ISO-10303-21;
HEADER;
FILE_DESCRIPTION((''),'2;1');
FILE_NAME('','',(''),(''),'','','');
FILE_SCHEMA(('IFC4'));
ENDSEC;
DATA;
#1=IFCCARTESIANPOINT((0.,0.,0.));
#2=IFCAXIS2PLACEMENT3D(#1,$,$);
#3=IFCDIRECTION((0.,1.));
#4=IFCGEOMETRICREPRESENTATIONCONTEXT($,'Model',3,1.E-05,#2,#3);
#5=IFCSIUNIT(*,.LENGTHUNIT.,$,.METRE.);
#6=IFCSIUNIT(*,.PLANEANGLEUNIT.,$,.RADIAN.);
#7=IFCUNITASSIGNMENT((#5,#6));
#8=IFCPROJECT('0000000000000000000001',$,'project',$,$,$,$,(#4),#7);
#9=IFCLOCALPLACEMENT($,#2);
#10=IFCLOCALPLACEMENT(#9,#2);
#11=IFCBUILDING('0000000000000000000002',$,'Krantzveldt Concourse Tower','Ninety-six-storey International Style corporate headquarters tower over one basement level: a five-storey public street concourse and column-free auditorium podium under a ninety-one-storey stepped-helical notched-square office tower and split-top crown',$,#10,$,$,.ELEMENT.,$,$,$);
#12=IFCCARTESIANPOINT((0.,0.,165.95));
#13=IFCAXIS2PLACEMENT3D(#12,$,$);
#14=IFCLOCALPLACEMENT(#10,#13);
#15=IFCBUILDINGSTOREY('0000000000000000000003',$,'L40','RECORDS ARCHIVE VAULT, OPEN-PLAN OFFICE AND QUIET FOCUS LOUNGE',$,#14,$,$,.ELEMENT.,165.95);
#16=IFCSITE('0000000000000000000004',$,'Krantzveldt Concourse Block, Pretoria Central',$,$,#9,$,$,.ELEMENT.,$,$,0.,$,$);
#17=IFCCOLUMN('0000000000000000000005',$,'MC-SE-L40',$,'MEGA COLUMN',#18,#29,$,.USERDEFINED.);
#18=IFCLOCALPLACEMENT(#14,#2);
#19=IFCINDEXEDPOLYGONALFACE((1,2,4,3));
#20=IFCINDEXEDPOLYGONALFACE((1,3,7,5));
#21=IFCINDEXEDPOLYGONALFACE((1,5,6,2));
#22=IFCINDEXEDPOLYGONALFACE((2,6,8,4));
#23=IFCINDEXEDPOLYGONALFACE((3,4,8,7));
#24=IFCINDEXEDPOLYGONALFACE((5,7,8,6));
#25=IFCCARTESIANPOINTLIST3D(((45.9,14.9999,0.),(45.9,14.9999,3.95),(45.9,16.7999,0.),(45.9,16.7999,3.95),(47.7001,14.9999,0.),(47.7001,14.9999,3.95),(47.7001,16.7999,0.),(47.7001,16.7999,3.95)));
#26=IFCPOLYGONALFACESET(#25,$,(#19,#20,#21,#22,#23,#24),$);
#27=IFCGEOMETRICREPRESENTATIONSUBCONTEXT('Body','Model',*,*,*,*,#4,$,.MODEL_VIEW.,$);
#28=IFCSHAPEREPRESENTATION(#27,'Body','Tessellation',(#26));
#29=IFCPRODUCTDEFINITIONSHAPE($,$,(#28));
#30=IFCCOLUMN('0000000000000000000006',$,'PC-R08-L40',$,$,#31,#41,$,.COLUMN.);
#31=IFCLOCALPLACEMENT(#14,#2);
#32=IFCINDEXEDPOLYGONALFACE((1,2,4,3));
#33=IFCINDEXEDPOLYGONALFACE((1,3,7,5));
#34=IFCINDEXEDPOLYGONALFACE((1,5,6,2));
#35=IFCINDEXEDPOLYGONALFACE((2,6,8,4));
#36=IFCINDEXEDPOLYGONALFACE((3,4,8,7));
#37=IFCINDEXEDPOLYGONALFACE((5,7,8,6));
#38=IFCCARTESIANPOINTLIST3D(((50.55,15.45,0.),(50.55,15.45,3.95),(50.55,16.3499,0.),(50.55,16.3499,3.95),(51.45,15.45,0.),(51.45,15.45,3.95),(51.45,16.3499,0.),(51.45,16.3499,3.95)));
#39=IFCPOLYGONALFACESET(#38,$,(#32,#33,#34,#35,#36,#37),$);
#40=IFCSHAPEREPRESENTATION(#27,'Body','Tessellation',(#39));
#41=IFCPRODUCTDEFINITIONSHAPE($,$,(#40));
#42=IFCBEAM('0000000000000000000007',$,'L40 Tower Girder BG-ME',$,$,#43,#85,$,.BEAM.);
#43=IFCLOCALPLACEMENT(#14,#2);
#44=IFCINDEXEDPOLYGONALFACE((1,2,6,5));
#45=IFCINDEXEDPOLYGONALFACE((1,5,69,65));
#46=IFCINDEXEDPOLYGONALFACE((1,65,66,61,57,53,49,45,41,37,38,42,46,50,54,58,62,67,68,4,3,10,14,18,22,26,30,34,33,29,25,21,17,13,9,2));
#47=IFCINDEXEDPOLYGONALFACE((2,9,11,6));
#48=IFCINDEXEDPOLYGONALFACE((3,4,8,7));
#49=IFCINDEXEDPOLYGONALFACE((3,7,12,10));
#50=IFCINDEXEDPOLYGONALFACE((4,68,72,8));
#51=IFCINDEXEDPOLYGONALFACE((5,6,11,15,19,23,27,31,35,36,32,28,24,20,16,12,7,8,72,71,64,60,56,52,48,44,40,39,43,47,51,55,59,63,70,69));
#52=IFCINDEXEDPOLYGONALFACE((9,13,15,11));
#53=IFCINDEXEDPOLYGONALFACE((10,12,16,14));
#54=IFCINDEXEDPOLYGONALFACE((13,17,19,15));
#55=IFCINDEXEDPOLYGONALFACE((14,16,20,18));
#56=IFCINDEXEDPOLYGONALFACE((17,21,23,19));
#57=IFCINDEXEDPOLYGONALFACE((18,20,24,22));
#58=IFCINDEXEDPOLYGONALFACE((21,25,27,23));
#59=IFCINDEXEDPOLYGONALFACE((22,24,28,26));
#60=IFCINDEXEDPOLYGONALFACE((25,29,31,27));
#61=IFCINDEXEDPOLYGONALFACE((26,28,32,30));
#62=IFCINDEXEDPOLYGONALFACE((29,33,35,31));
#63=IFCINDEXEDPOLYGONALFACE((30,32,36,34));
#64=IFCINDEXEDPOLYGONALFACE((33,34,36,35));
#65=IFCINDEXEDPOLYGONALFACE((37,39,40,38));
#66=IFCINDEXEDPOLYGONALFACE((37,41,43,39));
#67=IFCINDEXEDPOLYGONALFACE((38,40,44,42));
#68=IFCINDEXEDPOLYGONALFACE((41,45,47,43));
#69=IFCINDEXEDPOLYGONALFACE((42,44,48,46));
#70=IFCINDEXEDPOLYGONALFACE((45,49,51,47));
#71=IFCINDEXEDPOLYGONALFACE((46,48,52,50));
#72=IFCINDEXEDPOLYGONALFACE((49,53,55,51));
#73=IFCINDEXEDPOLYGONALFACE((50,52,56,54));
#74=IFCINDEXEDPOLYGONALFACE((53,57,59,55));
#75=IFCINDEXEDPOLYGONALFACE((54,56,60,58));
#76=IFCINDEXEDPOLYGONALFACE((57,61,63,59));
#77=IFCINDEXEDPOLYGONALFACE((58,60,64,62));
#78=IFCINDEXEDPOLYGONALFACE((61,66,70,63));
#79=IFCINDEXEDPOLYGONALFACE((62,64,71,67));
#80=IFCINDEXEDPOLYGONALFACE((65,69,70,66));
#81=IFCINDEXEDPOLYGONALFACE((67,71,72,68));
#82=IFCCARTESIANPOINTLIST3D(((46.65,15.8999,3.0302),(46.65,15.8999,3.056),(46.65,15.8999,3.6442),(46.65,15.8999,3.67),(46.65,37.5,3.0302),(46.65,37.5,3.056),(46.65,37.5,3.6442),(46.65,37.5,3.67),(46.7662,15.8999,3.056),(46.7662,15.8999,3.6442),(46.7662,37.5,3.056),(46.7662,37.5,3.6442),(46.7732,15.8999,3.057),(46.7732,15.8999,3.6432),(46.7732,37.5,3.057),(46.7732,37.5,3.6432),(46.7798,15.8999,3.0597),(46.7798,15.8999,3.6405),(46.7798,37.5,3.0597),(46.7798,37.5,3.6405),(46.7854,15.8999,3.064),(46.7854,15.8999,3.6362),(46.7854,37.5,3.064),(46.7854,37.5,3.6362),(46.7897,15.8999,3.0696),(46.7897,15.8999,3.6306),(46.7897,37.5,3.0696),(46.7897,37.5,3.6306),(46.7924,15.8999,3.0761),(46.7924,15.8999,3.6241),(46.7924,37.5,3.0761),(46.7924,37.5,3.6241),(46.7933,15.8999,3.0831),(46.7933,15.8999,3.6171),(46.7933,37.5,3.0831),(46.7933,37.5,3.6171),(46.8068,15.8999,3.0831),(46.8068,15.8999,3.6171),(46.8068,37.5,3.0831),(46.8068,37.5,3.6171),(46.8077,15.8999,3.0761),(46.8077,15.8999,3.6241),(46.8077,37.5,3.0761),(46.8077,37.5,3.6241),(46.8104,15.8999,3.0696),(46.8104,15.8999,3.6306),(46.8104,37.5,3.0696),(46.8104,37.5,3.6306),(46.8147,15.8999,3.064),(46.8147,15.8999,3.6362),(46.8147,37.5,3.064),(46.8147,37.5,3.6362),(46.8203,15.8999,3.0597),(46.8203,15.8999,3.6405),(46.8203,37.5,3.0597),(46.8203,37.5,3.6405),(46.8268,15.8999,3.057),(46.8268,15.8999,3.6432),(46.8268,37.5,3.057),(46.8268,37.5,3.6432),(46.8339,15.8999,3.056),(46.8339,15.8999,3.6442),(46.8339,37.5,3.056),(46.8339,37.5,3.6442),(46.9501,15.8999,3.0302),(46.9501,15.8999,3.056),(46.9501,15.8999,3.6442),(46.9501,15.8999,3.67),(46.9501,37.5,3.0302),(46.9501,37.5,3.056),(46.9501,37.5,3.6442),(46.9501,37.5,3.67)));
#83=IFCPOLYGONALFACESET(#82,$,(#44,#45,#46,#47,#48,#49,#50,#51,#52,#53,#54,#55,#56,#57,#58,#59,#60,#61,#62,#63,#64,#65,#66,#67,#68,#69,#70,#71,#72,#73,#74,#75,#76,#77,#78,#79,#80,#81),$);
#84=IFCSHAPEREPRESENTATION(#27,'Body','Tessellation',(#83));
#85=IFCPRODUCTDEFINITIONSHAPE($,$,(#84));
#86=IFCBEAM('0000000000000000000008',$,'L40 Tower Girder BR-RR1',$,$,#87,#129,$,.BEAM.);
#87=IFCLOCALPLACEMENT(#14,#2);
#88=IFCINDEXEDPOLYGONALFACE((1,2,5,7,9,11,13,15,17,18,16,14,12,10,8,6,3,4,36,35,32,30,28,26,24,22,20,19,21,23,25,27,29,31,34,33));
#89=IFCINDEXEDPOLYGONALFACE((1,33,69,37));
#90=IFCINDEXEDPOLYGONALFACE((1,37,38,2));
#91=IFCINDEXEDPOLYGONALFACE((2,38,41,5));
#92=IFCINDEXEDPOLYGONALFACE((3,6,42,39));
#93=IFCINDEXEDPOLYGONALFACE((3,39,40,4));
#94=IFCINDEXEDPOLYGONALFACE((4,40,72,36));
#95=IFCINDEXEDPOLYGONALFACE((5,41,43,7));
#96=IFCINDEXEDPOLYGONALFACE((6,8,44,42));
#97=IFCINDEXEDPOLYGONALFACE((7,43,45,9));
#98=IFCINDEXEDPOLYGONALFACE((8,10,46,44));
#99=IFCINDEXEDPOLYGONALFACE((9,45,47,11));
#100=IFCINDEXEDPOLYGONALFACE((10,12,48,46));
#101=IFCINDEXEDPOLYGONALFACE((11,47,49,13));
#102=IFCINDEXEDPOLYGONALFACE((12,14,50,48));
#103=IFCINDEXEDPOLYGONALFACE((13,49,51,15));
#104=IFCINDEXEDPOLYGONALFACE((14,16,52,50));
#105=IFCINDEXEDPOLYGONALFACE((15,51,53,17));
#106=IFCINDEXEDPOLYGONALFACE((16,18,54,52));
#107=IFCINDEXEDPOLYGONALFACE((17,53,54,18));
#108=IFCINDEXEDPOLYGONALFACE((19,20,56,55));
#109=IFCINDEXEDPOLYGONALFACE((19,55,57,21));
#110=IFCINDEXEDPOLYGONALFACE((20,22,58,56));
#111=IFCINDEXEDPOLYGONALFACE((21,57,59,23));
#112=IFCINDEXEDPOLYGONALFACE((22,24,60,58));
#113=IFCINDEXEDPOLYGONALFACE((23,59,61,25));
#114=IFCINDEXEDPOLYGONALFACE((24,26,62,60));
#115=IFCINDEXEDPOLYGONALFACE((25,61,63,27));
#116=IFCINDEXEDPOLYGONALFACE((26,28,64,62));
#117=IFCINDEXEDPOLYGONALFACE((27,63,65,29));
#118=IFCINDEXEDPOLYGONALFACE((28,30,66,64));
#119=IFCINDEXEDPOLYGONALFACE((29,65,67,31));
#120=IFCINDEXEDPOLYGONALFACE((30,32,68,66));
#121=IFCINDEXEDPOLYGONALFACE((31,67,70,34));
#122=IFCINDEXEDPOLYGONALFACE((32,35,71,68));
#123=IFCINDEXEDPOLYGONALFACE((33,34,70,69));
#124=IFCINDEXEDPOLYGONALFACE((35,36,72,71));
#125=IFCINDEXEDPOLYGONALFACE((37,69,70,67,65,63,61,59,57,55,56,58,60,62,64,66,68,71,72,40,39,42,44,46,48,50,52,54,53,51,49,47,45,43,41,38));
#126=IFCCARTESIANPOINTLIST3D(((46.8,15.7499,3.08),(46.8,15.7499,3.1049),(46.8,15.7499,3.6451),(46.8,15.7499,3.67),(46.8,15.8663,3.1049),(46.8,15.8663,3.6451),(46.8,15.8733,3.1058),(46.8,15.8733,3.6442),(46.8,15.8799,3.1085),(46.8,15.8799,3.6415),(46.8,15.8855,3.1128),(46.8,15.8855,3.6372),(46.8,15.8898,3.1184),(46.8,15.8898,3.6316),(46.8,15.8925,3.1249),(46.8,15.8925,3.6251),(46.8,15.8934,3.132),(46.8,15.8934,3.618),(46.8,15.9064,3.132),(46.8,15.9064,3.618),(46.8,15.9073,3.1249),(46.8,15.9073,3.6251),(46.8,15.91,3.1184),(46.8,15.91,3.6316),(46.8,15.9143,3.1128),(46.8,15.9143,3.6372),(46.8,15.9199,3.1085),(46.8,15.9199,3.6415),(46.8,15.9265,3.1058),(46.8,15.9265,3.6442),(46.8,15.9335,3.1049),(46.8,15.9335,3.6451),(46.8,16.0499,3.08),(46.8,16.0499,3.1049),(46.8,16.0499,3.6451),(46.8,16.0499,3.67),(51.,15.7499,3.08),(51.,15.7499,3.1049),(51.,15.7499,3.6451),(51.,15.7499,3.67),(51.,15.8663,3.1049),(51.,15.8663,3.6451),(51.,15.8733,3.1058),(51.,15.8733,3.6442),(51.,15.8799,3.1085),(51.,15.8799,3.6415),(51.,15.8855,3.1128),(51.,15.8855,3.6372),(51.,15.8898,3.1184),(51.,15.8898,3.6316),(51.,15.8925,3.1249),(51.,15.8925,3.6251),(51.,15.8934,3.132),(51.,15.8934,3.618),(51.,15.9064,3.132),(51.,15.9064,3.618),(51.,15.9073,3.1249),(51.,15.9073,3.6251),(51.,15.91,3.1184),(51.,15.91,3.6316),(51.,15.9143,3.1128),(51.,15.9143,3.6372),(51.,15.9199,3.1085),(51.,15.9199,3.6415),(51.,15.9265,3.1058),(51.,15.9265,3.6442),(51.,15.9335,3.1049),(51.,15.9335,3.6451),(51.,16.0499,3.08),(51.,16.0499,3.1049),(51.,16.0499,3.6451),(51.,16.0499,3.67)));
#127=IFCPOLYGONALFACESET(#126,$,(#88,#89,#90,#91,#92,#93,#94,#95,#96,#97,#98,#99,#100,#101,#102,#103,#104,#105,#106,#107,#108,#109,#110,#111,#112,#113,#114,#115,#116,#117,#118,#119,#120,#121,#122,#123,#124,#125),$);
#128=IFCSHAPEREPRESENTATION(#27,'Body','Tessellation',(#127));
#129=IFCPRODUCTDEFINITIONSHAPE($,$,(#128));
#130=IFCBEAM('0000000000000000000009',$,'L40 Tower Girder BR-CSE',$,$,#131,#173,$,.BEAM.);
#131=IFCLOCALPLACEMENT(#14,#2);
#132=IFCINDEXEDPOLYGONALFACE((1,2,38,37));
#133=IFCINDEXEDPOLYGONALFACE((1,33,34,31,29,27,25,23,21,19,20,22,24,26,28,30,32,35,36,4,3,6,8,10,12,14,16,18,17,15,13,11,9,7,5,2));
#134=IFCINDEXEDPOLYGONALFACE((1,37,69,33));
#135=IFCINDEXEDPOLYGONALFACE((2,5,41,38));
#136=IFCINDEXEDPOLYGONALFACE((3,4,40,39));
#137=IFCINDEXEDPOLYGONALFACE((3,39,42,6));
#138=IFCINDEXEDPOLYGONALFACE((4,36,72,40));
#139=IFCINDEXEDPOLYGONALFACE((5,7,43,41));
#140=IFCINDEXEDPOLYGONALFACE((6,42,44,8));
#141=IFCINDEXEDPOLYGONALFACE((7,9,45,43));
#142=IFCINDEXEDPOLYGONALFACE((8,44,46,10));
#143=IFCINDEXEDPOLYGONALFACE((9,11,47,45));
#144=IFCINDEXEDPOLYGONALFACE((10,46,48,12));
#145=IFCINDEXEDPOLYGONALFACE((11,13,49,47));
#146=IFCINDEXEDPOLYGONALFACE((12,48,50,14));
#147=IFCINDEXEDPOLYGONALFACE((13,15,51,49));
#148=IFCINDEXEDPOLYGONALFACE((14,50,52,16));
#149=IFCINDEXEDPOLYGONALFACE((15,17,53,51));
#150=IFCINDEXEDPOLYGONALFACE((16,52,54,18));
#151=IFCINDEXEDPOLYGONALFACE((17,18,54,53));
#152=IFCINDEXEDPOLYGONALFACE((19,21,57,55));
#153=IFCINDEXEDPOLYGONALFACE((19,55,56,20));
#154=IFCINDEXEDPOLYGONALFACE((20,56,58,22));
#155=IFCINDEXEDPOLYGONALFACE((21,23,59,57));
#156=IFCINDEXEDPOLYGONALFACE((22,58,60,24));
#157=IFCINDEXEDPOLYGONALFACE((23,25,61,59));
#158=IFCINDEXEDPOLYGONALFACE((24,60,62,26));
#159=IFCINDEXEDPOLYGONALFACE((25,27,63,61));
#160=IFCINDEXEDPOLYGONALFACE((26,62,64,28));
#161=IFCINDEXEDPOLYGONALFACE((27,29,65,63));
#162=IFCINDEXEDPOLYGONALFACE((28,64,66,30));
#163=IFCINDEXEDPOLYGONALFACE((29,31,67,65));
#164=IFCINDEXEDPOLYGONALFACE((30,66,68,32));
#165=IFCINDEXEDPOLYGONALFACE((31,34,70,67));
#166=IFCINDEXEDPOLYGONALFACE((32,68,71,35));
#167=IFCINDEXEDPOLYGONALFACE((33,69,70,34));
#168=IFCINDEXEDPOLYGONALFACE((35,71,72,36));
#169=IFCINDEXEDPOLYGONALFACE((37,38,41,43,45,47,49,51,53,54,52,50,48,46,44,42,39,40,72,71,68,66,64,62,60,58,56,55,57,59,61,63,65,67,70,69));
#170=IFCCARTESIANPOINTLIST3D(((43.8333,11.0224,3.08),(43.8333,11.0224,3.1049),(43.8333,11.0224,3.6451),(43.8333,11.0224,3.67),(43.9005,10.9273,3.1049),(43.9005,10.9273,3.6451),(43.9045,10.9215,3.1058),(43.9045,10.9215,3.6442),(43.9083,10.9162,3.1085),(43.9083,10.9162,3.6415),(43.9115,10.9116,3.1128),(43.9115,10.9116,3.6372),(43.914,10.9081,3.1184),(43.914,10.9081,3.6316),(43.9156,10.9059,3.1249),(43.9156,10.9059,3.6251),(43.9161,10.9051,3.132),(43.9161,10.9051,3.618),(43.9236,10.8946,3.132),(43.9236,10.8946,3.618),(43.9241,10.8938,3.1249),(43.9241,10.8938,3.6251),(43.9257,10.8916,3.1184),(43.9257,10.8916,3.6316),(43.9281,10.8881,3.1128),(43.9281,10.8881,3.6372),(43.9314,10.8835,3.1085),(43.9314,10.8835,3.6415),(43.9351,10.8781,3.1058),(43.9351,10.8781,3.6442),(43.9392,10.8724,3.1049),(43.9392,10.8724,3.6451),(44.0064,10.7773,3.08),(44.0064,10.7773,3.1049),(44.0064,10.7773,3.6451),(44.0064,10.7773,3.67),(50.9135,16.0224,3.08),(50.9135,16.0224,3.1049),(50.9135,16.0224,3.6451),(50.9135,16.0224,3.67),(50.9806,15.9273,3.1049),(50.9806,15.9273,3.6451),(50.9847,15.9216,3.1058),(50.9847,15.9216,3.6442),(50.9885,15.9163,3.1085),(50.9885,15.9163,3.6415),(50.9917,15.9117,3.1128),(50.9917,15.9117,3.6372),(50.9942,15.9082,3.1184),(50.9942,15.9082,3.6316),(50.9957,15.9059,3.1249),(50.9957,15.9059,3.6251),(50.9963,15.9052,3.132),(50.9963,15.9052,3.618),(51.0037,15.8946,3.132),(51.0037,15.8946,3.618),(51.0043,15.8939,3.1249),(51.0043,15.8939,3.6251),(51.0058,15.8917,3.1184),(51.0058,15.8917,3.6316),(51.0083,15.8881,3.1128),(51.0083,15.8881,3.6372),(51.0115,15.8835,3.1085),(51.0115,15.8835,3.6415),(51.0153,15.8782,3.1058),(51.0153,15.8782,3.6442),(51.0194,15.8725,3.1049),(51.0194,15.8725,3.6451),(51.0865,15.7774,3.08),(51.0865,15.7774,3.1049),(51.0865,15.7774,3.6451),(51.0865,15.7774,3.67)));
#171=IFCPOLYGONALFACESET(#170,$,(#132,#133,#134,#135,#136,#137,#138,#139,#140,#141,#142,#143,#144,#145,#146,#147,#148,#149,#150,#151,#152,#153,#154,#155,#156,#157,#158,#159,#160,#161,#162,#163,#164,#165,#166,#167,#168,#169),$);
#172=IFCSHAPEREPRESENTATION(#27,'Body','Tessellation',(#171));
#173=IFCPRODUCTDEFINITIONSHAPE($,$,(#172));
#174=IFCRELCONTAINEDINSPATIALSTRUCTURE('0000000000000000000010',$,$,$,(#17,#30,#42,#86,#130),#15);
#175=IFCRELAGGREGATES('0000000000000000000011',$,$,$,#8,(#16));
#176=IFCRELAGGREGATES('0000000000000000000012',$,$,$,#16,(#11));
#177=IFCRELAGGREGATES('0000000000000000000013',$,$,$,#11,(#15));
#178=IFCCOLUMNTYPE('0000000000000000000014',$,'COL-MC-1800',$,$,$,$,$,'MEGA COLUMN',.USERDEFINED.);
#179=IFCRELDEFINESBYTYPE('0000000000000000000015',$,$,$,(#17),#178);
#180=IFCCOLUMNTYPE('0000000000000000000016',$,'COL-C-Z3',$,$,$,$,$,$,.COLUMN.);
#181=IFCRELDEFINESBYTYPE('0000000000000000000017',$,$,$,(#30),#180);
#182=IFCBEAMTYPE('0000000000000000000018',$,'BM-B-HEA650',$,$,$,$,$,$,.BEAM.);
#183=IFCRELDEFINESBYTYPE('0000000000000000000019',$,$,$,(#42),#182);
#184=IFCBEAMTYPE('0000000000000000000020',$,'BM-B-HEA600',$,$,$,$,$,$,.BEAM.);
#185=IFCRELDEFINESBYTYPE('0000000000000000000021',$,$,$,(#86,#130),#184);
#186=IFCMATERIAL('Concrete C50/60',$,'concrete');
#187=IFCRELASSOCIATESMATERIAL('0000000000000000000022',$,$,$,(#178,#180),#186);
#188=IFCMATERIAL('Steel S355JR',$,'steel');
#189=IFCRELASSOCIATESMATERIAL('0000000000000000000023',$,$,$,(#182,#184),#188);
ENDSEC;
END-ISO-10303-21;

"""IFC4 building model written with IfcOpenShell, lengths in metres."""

from ifc_helpers import new_model, si_unit, direction, frame, origin, origin_2d, place, context, subcontext, project, spatial, rectangle, i_section, extrude, source, transform, mapped, material, material_profile, profile_set, type_object, type_shapes, element, save


model = new_model("IFC4")

# Units and contexts
model_context = context("Model", 3, precision=1e-05, world=origin(), true_north=direction((0.0, 1.0)))
body_context = subcontext(model_context, "Body", "Model", "MODEL_VIEW")
ifc_project = project(units=[si_unit("LENGTHUNIT", "METRE"), si_unit("PLANEANGLEUNIT", "RADIAN")], contexts=[model_context])

# Site, building, storey
site_placement = place(None, origin())
site = spatial("IfcSite", under=ifc_project, at=site_placement, Name="Krantzveldt Concourse Block, Pretoria Central", CompositionType="ELEMENT", RefElevation=0.0)
building_placement = place(site_placement, origin())
building = spatial("IfcBuilding", under=site, at=building_placement, Name="Krantzveldt Concourse Tower", Description="Ninety-six-storey International Style corporate headquarters tower over one basement level: a five-storey public street concourse and column-free auditorium podium under a ninety-one-storey stepped-helical notched-square office tower and split-top crown", CompositionType="ELEMENT")
storey_placement = place(building_placement, frame((0.0, 0.0, 165.95)))
storey = spatial("IfcBuildingStorey", under=building, at=storey_placement, Name="L40", Description="RECORDS ARCHIVE VAULT, OPEN-PLAN OFFICE AND QUIET FOCUS LOUNGE", CompositionType="ELEMENT", Elevation=165.95)

# Columns
ifc_material_1 = material(Name="Concrete C50/60", Category="concrete")
ifc_material_profile_1 = material_profile(ifc_material_1, rectangle(XDim=1.8, YDim=1.8, at=origin_2d()), Name="Concrete C50/60", Category="concrete")
ifc_profile_set_1 = profile_set([ifc_material_profile_1], Name="Concrete C50/60 - RC 1800x1800")
column_type_1 = type_object("IfcColumnType", Name="COL-MC-1800", ElementType="MEGA COLUMN", PredefinedType="USERDEFINED", material=ifc_profile_set_1)
shared_shape_1 = source(origin(), body_context, "Body", "SweptSolid", [
    extrude(rectangle(XDim=1.8, YDim=1.8, at=origin_2d()), origin(), (0.0, 0.0, 1.0), 3.95),
])
type_shapes(column_type_1, [shared_shape_1])
column_1_placement = place(storey_placement, frame((46.8, 15.8999, 0.0), z_axis=(0.0, 0.0, 1.0), x_axis=(1.0, 0.0, 0.0)))
element("IfcColumn", 1, at=column_1_placement, inside=storey, type_object=column_type_1, Name="MC-SE-L40", ObjectType="MEGA COLUMN", PredefinedType="USERDEFINED", context=body_context, shape_type="MappedRepresentation", body=[
    mapped(shared_shape_1, transform((0.0, 0.0, 0.0), x_axis=(1.0, 0.0, 0.0), y_axis=(0.0, 1.0, 0.0), z_axis=(0.0, 0.0, 1.0), scale=1.0)),
])
ifc_material_profile_2 = material_profile(ifc_material_1, rectangle(XDim=0.8999, YDim=0.8999, at=origin_2d()), Name="Concrete C50/60", Category="concrete")
ifc_profile_set_2 = profile_set([ifc_material_profile_2], Name="Concrete C50/60 - RC 900x900")
column_type_2 = type_object("IfcColumnType", Name="COL-C-Z3", PredefinedType="COLUMN", material=ifc_profile_set_2)
shared_shape_2 = source(origin(), body_context, "Body", "SweptSolid", [
    extrude(rectangle(XDim=0.8999, YDim=0.8999, at=origin_2d()), origin(), (0.0, 0.0, 1.0), 3.95),
])
type_shapes(column_type_2, [shared_shape_2])
column_2_placement = place(storey_placement, frame((51.0, 15.8999, 0.0), z_axis=(0.0, 0.0, 1.0), x_axis=(1.0, 0.0, 0.0)))
element("IfcColumn", 2, at=column_2_placement, inside=storey, type_object=column_type_2, Name="PC-R08-L40", PredefinedType="COLUMN", context=body_context, shape_type="MappedRepresentation", body=[
    mapped(shared_shape_2, transform((0.0, 0.0, 0.0), x_axis=(1.0, 0.0, 0.0), y_axis=(0.0, 1.0, 0.0), z_axis=(0.0, 0.0, 1.0), scale=1.0)),
])

# Beams
ifc_material_2 = material(Name="Steel S355JR", Category="steel")
ifc_material_profile_3 = material_profile(ifc_material_2, i_section(OverallWidth=0.3, OverallDepth=0.6399, WebThickness=0.0134, FlangeThickness=0.0259, FilletRadius=0.0271, at=origin_2d()), Name="Steel S355JR", Category="steel")
ifc_profile_set_3 = profile_set([ifc_material_profile_3], Name="Steel S355JR - HEA 650")
beam_type_1 = type_object("IfcBeamType", Name="BM-B-HEA650", PredefinedType="BEAM", material=ifc_profile_set_3)
shared_shape_3 = source(origin(), body_context, "Body", "SweptSolid", [
    extrude(i_section(OverallWidth=0.3, OverallDepth=0.6399, WebThickness=0.0134, FlangeThickness=0.0259, FilletRadius=0.0271, at=origin_2d()), origin(), (0.0, 0.0, 1.0), 21.6001),
])
beam_1_placement = place(storey_placement, frame((46.8, 15.8999, 3.3501), z_axis=(0.0, 1.0, 0.0), x_axis=(-1.0, 0.0, 0.0)))
element("IfcBeam", 3, at=beam_1_placement, inside=storey, type_object=beam_type_1, Name="L40 Tower Girder BG-ME", PredefinedType="BEAM", context=body_context, shape_type="MappedRepresentation", body=[
    mapped(shared_shape_3, transform((0.0, 0.0, 0.0), x_axis=(1.0, 0.0, 0.0), y_axis=(0.0, 1.0, 0.0), z_axis=(0.0, 0.0, 1.0), scale=1.0)),
])
ifc_material_profile_4 = material_profile(ifc_material_2, i_section(OverallWidth=0.3, OverallDepth=0.5901, WebThickness=0.0129, FlangeThickness=0.0249, FilletRadius=0.0271, at=origin_2d()), Name="Steel S355JR", Category="steel")
ifc_profile_set_4 = profile_set([ifc_material_profile_4], Name="Steel S355JR - HEA 600")
beam_type_2 = type_object("IfcBeamType", Name="BM-B-HEA600", PredefinedType="BEAM", material=ifc_profile_set_4)
shared_shape_4 = source(origin(), body_context, "Body", "SweptSolid", [
    extrude(i_section(OverallWidth=0.3, OverallDepth=0.5901, WebThickness=0.0129, FlangeThickness=0.0249, FilletRadius=0.0271, at=origin_2d()), origin(), (0.0, 0.0, 1.0), 4.2),
])
beam_2_placement = place(storey_placement, frame((46.8, 15.8999, 3.375), z_axis=(1.0, 0.0, 0.0), x_axis=(0.0, 1.0, 0.0)))
element("IfcBeam", 4, at=beam_2_placement, inside=storey, type_object=beam_type_2, Name="L40 Tower Girder BR-RR1", PredefinedType="BEAM", context=body_context, shape_type="MappedRepresentation", body=[
    mapped(shared_shape_4, transform((0.0, 0.0, 0.0), x_axis=(1.0, 0.0, 0.0), y_axis=(0.0, 1.0, 0.0), z_axis=(0.0, 0.0, 1.0), scale=1.0)),
])
shared_shape_5 = source(origin(), body_context, "Body", "SweptSolid", [
    extrude(i_section(OverallWidth=0.3, OverallDepth=0.5901, WebThickness=0.0129, FlangeThickness=0.0249, FilletRadius=0.0271, at=origin_2d()), origin(), (0.0, 0.0, 1.0), 8.6677),
])
type_shapes(beam_type_2, [shared_shape_4, shared_shape_5])
beam_3_placement = place(storey_placement, frame((51.0, 15.8999, 3.375), z_axis=(-0.816843, -0.57686, 0.0), x_axis=(0.57686, -0.816843, 0.0)))
element("IfcBeam", 5, at=beam_3_placement, inside=storey, type_object=beam_type_2, Name="L40 Tower Girder BR-CSE", PredefinedType="BEAM", context=body_context, shape_type="MappedRepresentation", body=[
    mapped(shared_shape_5, transform((0.0, 0.0, 0.0), x_axis=(1.0, 0.0, 0.0), y_axis=(0.0, 1.0, 0.0), z_axis=(0.0, 0.0, 1.0), scale=1.0)),
])

save(model, "model.ifc")
